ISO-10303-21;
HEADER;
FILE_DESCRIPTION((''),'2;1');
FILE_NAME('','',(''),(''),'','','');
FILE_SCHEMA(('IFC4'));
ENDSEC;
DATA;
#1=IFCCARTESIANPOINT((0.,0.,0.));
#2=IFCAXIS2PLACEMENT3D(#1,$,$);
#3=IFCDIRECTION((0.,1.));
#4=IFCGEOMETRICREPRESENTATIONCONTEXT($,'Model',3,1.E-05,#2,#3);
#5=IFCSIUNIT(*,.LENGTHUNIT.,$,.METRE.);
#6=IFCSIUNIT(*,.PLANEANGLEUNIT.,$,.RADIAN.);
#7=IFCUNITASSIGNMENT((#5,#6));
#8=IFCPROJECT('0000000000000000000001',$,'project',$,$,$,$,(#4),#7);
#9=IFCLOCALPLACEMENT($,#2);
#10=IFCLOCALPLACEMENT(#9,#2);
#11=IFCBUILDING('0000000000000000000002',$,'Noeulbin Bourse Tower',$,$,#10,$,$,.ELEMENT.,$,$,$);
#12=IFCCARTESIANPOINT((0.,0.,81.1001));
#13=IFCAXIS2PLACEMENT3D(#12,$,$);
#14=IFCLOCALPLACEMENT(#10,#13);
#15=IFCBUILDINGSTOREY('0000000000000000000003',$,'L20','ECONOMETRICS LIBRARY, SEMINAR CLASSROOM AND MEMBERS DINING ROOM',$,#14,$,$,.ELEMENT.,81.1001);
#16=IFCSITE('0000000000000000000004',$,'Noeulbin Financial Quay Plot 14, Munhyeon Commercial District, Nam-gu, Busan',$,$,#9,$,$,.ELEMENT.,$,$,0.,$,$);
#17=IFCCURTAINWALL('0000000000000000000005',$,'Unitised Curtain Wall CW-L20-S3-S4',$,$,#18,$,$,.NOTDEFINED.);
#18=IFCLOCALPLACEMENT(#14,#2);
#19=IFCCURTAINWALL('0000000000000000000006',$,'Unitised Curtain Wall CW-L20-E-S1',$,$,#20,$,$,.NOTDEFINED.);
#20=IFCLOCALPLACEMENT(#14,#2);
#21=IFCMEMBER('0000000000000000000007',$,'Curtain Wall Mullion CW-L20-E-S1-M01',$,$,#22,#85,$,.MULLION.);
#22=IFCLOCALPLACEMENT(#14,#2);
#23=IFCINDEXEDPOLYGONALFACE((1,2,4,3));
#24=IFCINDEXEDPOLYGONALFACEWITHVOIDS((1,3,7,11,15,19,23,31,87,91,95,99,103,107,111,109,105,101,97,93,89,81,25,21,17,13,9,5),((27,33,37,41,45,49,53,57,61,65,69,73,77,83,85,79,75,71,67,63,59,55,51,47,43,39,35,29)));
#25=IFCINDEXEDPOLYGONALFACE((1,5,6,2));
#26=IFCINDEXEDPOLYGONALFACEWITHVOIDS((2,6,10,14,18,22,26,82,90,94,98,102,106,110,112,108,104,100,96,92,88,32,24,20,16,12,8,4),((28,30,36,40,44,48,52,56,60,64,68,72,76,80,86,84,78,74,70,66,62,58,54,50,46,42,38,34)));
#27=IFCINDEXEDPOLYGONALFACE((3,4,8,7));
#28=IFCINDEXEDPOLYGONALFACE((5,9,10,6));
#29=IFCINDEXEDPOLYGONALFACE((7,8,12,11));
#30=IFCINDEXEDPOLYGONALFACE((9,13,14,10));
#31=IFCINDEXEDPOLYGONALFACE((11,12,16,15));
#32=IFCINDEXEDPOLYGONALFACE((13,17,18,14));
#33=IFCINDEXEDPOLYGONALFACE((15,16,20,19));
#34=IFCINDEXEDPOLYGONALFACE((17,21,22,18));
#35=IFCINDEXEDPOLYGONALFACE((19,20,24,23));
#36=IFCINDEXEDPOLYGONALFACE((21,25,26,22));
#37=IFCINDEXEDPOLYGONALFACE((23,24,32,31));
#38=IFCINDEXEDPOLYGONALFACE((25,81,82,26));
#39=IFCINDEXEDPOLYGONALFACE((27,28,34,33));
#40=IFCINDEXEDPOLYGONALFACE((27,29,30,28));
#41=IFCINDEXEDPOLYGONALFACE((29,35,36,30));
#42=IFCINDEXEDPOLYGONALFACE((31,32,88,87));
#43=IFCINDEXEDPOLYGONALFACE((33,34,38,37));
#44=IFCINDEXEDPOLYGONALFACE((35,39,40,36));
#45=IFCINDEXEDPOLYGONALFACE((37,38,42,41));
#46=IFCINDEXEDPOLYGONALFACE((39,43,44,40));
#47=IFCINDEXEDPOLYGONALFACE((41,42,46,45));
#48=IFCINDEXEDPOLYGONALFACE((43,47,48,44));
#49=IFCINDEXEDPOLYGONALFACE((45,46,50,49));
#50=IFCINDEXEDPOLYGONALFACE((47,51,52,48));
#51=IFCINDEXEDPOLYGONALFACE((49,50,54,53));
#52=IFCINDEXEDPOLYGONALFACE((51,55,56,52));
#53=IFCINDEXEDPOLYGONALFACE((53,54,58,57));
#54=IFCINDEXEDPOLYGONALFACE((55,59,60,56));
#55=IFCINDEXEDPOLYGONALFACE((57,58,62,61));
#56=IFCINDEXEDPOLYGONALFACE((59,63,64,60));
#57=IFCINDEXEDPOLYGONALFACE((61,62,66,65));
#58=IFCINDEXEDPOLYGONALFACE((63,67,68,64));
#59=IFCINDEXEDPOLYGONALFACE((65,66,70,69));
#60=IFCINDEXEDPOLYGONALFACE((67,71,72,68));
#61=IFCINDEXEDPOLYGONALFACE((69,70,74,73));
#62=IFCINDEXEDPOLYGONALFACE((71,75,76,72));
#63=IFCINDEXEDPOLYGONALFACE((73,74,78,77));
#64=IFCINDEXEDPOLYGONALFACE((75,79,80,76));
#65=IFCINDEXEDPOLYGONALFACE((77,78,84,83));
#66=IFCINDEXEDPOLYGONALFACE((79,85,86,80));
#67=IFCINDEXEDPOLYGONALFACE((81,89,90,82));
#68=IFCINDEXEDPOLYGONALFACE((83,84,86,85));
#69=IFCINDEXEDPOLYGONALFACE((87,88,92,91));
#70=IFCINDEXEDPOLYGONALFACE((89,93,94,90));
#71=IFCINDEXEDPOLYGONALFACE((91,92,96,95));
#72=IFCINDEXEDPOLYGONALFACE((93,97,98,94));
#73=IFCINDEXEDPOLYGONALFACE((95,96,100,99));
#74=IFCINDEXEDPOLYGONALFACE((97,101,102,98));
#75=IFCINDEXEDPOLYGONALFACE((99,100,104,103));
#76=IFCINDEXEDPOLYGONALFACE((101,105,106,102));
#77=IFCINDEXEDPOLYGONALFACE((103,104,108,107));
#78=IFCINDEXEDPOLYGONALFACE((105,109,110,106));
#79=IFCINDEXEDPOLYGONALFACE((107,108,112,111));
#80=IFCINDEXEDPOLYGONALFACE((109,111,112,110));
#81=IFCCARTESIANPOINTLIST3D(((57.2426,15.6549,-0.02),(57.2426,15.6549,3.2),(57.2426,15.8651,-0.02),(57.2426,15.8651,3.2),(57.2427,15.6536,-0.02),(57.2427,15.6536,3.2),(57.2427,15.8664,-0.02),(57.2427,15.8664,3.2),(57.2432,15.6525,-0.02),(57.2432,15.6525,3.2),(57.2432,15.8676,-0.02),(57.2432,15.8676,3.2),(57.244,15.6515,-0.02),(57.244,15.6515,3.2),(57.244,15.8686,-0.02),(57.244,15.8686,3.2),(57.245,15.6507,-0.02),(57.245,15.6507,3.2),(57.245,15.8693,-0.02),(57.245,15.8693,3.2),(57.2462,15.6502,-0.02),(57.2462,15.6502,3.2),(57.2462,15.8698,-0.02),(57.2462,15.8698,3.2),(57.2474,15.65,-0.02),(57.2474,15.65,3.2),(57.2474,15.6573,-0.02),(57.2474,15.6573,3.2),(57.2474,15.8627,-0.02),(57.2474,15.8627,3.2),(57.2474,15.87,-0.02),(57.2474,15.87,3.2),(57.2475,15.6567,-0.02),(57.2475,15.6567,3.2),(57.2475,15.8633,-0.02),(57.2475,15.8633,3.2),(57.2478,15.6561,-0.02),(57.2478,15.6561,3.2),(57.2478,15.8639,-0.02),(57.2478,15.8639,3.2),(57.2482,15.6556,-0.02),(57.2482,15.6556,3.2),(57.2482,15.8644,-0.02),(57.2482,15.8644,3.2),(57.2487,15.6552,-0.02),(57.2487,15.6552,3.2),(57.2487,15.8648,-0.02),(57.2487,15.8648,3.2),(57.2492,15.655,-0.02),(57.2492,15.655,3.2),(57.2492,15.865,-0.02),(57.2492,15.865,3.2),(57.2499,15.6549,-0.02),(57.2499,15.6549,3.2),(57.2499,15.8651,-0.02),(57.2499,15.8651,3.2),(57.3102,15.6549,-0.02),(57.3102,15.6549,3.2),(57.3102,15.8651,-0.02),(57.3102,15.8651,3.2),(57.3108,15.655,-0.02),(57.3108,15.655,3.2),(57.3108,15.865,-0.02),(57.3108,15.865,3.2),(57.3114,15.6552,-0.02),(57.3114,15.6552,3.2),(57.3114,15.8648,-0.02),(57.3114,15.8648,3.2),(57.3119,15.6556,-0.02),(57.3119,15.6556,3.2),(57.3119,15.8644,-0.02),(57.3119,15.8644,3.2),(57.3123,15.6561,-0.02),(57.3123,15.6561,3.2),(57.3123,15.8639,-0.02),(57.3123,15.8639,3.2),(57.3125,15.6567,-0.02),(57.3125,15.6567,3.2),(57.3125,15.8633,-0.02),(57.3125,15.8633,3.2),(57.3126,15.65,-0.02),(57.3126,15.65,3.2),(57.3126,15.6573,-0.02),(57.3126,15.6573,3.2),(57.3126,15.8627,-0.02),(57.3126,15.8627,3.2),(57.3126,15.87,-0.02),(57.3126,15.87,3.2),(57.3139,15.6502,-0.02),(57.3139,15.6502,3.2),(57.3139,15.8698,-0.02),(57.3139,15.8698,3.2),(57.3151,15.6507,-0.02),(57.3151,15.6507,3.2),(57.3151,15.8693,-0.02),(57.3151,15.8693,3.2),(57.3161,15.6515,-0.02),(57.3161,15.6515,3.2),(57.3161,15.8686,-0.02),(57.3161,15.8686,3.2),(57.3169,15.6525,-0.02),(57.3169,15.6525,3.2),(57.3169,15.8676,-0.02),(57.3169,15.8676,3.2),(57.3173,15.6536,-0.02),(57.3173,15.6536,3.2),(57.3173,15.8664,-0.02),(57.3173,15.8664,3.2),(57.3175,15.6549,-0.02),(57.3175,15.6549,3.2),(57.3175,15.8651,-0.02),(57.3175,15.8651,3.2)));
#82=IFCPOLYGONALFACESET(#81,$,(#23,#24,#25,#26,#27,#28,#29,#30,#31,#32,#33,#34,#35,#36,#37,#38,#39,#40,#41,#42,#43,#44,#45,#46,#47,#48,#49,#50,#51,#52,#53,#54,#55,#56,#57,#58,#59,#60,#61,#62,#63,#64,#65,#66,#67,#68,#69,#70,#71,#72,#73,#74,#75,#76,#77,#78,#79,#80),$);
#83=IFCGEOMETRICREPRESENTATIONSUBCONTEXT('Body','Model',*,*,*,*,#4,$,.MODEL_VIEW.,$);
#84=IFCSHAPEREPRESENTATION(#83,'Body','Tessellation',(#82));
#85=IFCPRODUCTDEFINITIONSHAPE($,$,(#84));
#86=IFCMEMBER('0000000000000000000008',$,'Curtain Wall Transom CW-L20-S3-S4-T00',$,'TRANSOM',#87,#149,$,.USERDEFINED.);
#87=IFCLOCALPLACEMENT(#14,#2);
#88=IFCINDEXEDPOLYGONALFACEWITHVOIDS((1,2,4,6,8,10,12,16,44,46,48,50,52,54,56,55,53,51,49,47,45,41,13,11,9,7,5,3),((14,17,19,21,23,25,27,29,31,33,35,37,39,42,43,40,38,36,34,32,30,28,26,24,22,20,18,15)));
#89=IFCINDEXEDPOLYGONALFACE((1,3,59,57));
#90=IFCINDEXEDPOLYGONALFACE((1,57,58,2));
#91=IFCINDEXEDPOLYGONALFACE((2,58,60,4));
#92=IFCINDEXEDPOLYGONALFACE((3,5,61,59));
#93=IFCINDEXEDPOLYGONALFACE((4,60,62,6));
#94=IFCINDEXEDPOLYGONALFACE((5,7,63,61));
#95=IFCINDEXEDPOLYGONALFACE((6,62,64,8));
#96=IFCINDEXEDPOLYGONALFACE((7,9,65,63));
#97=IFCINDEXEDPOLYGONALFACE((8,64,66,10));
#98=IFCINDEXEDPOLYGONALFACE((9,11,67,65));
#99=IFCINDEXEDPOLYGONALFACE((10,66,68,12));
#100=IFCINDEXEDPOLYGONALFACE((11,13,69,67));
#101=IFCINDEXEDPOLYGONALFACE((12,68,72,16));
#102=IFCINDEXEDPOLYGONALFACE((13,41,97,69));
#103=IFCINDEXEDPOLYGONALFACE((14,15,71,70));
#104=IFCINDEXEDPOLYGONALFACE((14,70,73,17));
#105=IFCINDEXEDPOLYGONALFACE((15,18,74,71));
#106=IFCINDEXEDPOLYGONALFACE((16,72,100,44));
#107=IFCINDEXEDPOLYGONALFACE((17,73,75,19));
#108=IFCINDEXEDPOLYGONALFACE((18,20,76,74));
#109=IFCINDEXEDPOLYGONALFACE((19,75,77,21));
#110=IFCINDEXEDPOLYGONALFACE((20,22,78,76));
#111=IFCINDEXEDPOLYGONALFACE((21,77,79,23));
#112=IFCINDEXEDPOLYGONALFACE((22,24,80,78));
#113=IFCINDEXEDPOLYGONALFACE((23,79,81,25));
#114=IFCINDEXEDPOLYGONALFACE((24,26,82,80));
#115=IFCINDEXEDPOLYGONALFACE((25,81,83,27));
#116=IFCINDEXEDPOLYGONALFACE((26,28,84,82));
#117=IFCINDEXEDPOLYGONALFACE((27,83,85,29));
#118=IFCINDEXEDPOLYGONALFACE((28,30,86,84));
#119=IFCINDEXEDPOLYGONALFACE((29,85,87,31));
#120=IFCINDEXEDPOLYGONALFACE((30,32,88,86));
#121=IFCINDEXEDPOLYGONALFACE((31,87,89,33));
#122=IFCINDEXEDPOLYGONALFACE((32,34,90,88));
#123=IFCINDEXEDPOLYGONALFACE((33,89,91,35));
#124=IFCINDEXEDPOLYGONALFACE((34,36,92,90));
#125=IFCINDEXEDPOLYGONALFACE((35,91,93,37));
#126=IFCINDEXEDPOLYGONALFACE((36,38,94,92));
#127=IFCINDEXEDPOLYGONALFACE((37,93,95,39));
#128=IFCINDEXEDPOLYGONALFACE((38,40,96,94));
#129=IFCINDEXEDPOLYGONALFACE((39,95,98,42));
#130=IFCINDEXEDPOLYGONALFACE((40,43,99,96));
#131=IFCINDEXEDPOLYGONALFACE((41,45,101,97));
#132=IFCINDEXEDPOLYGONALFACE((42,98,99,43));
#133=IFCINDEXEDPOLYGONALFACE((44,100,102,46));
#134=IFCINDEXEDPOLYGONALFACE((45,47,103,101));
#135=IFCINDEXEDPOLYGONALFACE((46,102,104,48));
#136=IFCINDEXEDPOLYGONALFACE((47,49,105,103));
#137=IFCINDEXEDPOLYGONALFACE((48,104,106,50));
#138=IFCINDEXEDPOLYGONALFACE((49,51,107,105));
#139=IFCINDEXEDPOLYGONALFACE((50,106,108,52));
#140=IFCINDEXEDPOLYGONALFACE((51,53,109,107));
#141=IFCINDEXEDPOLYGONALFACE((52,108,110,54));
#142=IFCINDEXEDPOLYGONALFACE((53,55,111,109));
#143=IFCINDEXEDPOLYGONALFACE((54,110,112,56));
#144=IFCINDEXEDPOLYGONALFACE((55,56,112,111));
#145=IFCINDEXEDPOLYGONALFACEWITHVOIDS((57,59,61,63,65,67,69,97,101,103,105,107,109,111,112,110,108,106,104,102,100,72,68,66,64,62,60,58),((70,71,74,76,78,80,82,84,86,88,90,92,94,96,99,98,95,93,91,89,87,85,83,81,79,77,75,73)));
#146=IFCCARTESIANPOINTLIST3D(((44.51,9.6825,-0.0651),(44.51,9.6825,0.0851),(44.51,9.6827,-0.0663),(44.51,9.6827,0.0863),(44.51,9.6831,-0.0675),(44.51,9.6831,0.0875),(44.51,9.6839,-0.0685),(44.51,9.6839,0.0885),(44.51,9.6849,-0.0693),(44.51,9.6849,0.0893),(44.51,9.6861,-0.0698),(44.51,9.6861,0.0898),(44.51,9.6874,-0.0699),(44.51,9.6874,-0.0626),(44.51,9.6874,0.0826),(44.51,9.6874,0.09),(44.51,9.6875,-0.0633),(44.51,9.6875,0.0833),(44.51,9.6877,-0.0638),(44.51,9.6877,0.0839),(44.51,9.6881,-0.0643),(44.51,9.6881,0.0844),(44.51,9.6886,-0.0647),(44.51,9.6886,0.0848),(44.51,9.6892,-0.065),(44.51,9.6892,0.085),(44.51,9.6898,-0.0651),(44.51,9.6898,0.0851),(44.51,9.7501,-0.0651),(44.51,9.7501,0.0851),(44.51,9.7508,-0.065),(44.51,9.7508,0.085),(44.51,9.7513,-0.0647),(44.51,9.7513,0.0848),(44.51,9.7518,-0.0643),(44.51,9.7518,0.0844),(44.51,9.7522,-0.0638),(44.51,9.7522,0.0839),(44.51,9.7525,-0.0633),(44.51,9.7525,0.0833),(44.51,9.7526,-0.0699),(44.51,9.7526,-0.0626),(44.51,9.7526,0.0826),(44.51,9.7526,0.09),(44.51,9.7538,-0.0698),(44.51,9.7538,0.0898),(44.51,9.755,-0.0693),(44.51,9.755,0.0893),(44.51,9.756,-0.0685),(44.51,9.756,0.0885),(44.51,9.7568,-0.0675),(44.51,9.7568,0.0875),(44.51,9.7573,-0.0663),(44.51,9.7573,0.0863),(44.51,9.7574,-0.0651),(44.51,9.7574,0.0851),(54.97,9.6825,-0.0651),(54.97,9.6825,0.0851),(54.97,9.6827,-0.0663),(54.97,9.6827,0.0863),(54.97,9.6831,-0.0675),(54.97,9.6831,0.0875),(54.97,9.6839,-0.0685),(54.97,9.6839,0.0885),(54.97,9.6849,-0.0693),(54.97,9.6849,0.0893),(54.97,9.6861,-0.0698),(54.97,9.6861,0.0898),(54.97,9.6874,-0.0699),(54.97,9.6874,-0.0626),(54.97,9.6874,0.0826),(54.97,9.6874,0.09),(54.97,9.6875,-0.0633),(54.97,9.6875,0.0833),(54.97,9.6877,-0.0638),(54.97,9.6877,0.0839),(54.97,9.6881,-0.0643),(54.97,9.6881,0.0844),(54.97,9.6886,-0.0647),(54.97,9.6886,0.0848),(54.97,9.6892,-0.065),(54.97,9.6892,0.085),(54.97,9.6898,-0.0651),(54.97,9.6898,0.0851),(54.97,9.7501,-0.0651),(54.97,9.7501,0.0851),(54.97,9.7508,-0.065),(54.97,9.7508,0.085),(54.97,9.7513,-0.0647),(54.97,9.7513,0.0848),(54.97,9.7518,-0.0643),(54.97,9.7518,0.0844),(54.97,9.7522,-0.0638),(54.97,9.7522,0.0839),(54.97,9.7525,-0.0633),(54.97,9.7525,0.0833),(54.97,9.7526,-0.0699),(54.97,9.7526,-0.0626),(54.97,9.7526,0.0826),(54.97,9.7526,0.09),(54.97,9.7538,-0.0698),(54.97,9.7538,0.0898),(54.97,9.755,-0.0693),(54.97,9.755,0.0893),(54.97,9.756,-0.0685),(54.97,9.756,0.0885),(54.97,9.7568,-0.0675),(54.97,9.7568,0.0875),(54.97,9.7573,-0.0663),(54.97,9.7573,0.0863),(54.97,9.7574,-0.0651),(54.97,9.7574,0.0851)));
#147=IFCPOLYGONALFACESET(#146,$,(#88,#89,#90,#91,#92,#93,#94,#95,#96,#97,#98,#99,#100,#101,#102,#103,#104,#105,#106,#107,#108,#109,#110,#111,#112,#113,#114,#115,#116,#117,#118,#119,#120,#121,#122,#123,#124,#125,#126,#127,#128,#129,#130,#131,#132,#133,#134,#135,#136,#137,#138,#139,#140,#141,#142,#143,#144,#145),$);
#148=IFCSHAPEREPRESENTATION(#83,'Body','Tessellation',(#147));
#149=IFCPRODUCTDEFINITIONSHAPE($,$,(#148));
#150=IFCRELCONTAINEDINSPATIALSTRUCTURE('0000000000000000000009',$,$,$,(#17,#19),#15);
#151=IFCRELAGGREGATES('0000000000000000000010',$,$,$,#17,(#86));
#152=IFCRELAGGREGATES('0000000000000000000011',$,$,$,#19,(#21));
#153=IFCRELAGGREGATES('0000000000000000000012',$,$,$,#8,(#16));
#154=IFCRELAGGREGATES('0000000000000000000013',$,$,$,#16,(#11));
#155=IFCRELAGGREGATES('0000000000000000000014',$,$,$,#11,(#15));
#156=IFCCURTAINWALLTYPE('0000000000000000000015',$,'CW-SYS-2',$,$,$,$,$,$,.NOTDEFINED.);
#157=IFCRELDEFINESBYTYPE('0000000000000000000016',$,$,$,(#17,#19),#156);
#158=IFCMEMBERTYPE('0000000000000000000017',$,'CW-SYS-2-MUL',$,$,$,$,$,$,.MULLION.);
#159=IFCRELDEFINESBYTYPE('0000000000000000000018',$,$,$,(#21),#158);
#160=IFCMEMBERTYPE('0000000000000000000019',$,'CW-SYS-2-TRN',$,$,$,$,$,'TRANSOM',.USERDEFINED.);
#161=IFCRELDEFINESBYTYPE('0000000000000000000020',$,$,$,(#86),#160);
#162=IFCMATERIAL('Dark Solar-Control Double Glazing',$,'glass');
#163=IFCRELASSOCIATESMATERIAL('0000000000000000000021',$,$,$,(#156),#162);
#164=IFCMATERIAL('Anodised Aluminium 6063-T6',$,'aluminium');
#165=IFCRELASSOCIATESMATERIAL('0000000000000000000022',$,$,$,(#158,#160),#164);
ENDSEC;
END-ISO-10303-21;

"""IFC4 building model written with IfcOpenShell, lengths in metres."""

from ifc_helpers import new_model, si_unit, direction, frame, origin, origin_2d, place, context, subcontext, project, spatial, hollow_rectangle, extrude, material, material_profile, profile_set, type_object, element, aggregate, save


model = new_model("IFC4")

# Units and contexts
model_context = context("Model", 3, precision=1e-05, world=origin(), true_north=direction((0.0, 1.0)))
body_context = subcontext(model_context, "Body", "Model", "MODEL_VIEW")
ifc_project = project(units=[si_unit("LENGTHUNIT", "METRE"), si_unit("PLANEANGLEUNIT", "RADIAN")], contexts=[model_context])

# Site, building, storey
site_placement = place(None, origin())
site = spatial("IfcSite", under=ifc_project, at=site_placement, Name="Noeulbin Financial Quay Plot 14, Munhyeon Commercial District, Nam-gu, Busan", CompositionType="ELEMENT", RefElevation=0.0)
building_placement = place(site_placement, origin())
building = spatial("IfcBuilding", under=site, at=building_placement, Name="Noeulbin Bourse Tower", CompositionType="ELEMENT")
storey_placement = place(building_placement, frame((0.0, 0.0, 81.1001)))
storey = spatial("IfcBuildingStorey", under=building, at=storey_placement, Name="L20", Description="ECONOMETRICS LIBRARY, SEMINAR CLASSROOM AND MEMBERS DINING ROOM", CompositionType="ELEMENT", Elevation=81.1001)

# Shared definitions
ifc_material_1 = material(Name="Dark Solar-Control Double Glazing", Category="glass")
curtain_wall_type = type_object("IfcCurtainWallType", Name="CW-SYS-2", PredefinedType="NOTDEFINED", material=ifc_material_1)
ifc_material_2 = material(Name="Anodised Aluminium 6063-T6", Category="aluminium")
ifc_material_profile_1 = material_profile(ifc_material_2, hollow_rectangle(XDim=0.075, YDim=0.22, WallThickness=0.0049, InnerFilletRadius=0.0024, OuterFilletRadius=0.0049, at=origin_2d()), Name="ALU-MULL-75x220x5", Category="LoadBearing")
ifc_profile_set_1 = profile_set([ifc_material_profile_1], Name="Anodised Aluminium 6063-T6")
member_type_1 = type_object("IfcMemberType", Name="CW-SYS-2-MUL", PredefinedType="MULLION", material=ifc_profile_set_1)

# Curtain walls, member
curtain_wall_1_placement = place(storey_placement, origin())
curtain_wall_1 = element("IfcCurtainWall", 1, at=curtain_wall_1_placement, inside=storey, type_object=curtain_wall_type, Name="Unitised Curtain Wall CW-L20-S3-S4", PredefinedType="NOTDEFINED")
curtain_wall_2_placement = place(storey_placement, origin())
curtain_wall_2 = element("IfcCurtainWall", 2, at=curtain_wall_2_placement, inside=storey, type_object=curtain_wall_type, Name="Unitised Curtain Wall CW-L20-E-S1", PredefinedType="NOTDEFINED")
member_1_placement = place(storey_placement, frame((57.28, 15.76, -0.02), z_axis=(0.0, 0.0, 1.0), x_axis=(1.0, 0.0, 0.0)))
member_1 = element("IfcMember", 3, at=member_1_placement, type_object=member_type_1, Name="Curtain Wall Mullion CW-L20-E-S1-M01", PredefinedType="MULLION", context=body_context, shape_type="SweptSolid", body=[
    extrude(hollow_rectangle(XDim=0.075, YDim=0.22, WallThickness=0.0049, InnerFilletRadius=0.0024, OuterFilletRadius=0.0049, at=origin_2d()), origin(), (0.0, 0.0, 1.0), 3.22),
])

# Member
ifc_material_profile_2 = material_profile(ifc_material_2, hollow_rectangle(XDim=0.075, YDim=0.1599, WallThickness=0.0049, InnerFilletRadius=0.0024, OuterFilletRadius=0.0049, at=origin_2d()), Name="ALU-TRAN-75x160x5", Category="LoadBearing")
ifc_profile_set_2 = profile_set([ifc_material_profile_2], Name="Anodised Aluminium 6063-T6")
member_type_2 = type_object("IfcMemberType", Name="CW-SYS-2-TRN", ElementType="TRANSOM", PredefinedType="USERDEFINED", material=ifc_profile_set_2)
member_2_placement = place(storey_placement, frame((44.51, 9.72, 0.01), z_axis=(1.0, 0.0, 0.0), x_axis=(0.0, 1.0, 0.0)))
member_2 = element("IfcMember", 4, at=member_2_placement, type_object=member_type_2, Name="Curtain Wall Transom CW-L20-S3-S4-T00", ObjectType="TRANSOM", PredefinedType="USERDEFINED", context=body_context, shape_type="SweptSolid", body=[
    extrude(hollow_rectangle(XDim=0.075, YDim=0.1599, WallThickness=0.0049, InnerFilletRadius=0.0024, OuterFilletRadius=0.0049, at=origin_2d()), origin(), (0.0, 0.0, 1.0), 10.46),
])

aggregate(curtain_wall_1, [member_2])
aggregate(curtain_wall_2, [member_1])

save(model, "model.ifc")
